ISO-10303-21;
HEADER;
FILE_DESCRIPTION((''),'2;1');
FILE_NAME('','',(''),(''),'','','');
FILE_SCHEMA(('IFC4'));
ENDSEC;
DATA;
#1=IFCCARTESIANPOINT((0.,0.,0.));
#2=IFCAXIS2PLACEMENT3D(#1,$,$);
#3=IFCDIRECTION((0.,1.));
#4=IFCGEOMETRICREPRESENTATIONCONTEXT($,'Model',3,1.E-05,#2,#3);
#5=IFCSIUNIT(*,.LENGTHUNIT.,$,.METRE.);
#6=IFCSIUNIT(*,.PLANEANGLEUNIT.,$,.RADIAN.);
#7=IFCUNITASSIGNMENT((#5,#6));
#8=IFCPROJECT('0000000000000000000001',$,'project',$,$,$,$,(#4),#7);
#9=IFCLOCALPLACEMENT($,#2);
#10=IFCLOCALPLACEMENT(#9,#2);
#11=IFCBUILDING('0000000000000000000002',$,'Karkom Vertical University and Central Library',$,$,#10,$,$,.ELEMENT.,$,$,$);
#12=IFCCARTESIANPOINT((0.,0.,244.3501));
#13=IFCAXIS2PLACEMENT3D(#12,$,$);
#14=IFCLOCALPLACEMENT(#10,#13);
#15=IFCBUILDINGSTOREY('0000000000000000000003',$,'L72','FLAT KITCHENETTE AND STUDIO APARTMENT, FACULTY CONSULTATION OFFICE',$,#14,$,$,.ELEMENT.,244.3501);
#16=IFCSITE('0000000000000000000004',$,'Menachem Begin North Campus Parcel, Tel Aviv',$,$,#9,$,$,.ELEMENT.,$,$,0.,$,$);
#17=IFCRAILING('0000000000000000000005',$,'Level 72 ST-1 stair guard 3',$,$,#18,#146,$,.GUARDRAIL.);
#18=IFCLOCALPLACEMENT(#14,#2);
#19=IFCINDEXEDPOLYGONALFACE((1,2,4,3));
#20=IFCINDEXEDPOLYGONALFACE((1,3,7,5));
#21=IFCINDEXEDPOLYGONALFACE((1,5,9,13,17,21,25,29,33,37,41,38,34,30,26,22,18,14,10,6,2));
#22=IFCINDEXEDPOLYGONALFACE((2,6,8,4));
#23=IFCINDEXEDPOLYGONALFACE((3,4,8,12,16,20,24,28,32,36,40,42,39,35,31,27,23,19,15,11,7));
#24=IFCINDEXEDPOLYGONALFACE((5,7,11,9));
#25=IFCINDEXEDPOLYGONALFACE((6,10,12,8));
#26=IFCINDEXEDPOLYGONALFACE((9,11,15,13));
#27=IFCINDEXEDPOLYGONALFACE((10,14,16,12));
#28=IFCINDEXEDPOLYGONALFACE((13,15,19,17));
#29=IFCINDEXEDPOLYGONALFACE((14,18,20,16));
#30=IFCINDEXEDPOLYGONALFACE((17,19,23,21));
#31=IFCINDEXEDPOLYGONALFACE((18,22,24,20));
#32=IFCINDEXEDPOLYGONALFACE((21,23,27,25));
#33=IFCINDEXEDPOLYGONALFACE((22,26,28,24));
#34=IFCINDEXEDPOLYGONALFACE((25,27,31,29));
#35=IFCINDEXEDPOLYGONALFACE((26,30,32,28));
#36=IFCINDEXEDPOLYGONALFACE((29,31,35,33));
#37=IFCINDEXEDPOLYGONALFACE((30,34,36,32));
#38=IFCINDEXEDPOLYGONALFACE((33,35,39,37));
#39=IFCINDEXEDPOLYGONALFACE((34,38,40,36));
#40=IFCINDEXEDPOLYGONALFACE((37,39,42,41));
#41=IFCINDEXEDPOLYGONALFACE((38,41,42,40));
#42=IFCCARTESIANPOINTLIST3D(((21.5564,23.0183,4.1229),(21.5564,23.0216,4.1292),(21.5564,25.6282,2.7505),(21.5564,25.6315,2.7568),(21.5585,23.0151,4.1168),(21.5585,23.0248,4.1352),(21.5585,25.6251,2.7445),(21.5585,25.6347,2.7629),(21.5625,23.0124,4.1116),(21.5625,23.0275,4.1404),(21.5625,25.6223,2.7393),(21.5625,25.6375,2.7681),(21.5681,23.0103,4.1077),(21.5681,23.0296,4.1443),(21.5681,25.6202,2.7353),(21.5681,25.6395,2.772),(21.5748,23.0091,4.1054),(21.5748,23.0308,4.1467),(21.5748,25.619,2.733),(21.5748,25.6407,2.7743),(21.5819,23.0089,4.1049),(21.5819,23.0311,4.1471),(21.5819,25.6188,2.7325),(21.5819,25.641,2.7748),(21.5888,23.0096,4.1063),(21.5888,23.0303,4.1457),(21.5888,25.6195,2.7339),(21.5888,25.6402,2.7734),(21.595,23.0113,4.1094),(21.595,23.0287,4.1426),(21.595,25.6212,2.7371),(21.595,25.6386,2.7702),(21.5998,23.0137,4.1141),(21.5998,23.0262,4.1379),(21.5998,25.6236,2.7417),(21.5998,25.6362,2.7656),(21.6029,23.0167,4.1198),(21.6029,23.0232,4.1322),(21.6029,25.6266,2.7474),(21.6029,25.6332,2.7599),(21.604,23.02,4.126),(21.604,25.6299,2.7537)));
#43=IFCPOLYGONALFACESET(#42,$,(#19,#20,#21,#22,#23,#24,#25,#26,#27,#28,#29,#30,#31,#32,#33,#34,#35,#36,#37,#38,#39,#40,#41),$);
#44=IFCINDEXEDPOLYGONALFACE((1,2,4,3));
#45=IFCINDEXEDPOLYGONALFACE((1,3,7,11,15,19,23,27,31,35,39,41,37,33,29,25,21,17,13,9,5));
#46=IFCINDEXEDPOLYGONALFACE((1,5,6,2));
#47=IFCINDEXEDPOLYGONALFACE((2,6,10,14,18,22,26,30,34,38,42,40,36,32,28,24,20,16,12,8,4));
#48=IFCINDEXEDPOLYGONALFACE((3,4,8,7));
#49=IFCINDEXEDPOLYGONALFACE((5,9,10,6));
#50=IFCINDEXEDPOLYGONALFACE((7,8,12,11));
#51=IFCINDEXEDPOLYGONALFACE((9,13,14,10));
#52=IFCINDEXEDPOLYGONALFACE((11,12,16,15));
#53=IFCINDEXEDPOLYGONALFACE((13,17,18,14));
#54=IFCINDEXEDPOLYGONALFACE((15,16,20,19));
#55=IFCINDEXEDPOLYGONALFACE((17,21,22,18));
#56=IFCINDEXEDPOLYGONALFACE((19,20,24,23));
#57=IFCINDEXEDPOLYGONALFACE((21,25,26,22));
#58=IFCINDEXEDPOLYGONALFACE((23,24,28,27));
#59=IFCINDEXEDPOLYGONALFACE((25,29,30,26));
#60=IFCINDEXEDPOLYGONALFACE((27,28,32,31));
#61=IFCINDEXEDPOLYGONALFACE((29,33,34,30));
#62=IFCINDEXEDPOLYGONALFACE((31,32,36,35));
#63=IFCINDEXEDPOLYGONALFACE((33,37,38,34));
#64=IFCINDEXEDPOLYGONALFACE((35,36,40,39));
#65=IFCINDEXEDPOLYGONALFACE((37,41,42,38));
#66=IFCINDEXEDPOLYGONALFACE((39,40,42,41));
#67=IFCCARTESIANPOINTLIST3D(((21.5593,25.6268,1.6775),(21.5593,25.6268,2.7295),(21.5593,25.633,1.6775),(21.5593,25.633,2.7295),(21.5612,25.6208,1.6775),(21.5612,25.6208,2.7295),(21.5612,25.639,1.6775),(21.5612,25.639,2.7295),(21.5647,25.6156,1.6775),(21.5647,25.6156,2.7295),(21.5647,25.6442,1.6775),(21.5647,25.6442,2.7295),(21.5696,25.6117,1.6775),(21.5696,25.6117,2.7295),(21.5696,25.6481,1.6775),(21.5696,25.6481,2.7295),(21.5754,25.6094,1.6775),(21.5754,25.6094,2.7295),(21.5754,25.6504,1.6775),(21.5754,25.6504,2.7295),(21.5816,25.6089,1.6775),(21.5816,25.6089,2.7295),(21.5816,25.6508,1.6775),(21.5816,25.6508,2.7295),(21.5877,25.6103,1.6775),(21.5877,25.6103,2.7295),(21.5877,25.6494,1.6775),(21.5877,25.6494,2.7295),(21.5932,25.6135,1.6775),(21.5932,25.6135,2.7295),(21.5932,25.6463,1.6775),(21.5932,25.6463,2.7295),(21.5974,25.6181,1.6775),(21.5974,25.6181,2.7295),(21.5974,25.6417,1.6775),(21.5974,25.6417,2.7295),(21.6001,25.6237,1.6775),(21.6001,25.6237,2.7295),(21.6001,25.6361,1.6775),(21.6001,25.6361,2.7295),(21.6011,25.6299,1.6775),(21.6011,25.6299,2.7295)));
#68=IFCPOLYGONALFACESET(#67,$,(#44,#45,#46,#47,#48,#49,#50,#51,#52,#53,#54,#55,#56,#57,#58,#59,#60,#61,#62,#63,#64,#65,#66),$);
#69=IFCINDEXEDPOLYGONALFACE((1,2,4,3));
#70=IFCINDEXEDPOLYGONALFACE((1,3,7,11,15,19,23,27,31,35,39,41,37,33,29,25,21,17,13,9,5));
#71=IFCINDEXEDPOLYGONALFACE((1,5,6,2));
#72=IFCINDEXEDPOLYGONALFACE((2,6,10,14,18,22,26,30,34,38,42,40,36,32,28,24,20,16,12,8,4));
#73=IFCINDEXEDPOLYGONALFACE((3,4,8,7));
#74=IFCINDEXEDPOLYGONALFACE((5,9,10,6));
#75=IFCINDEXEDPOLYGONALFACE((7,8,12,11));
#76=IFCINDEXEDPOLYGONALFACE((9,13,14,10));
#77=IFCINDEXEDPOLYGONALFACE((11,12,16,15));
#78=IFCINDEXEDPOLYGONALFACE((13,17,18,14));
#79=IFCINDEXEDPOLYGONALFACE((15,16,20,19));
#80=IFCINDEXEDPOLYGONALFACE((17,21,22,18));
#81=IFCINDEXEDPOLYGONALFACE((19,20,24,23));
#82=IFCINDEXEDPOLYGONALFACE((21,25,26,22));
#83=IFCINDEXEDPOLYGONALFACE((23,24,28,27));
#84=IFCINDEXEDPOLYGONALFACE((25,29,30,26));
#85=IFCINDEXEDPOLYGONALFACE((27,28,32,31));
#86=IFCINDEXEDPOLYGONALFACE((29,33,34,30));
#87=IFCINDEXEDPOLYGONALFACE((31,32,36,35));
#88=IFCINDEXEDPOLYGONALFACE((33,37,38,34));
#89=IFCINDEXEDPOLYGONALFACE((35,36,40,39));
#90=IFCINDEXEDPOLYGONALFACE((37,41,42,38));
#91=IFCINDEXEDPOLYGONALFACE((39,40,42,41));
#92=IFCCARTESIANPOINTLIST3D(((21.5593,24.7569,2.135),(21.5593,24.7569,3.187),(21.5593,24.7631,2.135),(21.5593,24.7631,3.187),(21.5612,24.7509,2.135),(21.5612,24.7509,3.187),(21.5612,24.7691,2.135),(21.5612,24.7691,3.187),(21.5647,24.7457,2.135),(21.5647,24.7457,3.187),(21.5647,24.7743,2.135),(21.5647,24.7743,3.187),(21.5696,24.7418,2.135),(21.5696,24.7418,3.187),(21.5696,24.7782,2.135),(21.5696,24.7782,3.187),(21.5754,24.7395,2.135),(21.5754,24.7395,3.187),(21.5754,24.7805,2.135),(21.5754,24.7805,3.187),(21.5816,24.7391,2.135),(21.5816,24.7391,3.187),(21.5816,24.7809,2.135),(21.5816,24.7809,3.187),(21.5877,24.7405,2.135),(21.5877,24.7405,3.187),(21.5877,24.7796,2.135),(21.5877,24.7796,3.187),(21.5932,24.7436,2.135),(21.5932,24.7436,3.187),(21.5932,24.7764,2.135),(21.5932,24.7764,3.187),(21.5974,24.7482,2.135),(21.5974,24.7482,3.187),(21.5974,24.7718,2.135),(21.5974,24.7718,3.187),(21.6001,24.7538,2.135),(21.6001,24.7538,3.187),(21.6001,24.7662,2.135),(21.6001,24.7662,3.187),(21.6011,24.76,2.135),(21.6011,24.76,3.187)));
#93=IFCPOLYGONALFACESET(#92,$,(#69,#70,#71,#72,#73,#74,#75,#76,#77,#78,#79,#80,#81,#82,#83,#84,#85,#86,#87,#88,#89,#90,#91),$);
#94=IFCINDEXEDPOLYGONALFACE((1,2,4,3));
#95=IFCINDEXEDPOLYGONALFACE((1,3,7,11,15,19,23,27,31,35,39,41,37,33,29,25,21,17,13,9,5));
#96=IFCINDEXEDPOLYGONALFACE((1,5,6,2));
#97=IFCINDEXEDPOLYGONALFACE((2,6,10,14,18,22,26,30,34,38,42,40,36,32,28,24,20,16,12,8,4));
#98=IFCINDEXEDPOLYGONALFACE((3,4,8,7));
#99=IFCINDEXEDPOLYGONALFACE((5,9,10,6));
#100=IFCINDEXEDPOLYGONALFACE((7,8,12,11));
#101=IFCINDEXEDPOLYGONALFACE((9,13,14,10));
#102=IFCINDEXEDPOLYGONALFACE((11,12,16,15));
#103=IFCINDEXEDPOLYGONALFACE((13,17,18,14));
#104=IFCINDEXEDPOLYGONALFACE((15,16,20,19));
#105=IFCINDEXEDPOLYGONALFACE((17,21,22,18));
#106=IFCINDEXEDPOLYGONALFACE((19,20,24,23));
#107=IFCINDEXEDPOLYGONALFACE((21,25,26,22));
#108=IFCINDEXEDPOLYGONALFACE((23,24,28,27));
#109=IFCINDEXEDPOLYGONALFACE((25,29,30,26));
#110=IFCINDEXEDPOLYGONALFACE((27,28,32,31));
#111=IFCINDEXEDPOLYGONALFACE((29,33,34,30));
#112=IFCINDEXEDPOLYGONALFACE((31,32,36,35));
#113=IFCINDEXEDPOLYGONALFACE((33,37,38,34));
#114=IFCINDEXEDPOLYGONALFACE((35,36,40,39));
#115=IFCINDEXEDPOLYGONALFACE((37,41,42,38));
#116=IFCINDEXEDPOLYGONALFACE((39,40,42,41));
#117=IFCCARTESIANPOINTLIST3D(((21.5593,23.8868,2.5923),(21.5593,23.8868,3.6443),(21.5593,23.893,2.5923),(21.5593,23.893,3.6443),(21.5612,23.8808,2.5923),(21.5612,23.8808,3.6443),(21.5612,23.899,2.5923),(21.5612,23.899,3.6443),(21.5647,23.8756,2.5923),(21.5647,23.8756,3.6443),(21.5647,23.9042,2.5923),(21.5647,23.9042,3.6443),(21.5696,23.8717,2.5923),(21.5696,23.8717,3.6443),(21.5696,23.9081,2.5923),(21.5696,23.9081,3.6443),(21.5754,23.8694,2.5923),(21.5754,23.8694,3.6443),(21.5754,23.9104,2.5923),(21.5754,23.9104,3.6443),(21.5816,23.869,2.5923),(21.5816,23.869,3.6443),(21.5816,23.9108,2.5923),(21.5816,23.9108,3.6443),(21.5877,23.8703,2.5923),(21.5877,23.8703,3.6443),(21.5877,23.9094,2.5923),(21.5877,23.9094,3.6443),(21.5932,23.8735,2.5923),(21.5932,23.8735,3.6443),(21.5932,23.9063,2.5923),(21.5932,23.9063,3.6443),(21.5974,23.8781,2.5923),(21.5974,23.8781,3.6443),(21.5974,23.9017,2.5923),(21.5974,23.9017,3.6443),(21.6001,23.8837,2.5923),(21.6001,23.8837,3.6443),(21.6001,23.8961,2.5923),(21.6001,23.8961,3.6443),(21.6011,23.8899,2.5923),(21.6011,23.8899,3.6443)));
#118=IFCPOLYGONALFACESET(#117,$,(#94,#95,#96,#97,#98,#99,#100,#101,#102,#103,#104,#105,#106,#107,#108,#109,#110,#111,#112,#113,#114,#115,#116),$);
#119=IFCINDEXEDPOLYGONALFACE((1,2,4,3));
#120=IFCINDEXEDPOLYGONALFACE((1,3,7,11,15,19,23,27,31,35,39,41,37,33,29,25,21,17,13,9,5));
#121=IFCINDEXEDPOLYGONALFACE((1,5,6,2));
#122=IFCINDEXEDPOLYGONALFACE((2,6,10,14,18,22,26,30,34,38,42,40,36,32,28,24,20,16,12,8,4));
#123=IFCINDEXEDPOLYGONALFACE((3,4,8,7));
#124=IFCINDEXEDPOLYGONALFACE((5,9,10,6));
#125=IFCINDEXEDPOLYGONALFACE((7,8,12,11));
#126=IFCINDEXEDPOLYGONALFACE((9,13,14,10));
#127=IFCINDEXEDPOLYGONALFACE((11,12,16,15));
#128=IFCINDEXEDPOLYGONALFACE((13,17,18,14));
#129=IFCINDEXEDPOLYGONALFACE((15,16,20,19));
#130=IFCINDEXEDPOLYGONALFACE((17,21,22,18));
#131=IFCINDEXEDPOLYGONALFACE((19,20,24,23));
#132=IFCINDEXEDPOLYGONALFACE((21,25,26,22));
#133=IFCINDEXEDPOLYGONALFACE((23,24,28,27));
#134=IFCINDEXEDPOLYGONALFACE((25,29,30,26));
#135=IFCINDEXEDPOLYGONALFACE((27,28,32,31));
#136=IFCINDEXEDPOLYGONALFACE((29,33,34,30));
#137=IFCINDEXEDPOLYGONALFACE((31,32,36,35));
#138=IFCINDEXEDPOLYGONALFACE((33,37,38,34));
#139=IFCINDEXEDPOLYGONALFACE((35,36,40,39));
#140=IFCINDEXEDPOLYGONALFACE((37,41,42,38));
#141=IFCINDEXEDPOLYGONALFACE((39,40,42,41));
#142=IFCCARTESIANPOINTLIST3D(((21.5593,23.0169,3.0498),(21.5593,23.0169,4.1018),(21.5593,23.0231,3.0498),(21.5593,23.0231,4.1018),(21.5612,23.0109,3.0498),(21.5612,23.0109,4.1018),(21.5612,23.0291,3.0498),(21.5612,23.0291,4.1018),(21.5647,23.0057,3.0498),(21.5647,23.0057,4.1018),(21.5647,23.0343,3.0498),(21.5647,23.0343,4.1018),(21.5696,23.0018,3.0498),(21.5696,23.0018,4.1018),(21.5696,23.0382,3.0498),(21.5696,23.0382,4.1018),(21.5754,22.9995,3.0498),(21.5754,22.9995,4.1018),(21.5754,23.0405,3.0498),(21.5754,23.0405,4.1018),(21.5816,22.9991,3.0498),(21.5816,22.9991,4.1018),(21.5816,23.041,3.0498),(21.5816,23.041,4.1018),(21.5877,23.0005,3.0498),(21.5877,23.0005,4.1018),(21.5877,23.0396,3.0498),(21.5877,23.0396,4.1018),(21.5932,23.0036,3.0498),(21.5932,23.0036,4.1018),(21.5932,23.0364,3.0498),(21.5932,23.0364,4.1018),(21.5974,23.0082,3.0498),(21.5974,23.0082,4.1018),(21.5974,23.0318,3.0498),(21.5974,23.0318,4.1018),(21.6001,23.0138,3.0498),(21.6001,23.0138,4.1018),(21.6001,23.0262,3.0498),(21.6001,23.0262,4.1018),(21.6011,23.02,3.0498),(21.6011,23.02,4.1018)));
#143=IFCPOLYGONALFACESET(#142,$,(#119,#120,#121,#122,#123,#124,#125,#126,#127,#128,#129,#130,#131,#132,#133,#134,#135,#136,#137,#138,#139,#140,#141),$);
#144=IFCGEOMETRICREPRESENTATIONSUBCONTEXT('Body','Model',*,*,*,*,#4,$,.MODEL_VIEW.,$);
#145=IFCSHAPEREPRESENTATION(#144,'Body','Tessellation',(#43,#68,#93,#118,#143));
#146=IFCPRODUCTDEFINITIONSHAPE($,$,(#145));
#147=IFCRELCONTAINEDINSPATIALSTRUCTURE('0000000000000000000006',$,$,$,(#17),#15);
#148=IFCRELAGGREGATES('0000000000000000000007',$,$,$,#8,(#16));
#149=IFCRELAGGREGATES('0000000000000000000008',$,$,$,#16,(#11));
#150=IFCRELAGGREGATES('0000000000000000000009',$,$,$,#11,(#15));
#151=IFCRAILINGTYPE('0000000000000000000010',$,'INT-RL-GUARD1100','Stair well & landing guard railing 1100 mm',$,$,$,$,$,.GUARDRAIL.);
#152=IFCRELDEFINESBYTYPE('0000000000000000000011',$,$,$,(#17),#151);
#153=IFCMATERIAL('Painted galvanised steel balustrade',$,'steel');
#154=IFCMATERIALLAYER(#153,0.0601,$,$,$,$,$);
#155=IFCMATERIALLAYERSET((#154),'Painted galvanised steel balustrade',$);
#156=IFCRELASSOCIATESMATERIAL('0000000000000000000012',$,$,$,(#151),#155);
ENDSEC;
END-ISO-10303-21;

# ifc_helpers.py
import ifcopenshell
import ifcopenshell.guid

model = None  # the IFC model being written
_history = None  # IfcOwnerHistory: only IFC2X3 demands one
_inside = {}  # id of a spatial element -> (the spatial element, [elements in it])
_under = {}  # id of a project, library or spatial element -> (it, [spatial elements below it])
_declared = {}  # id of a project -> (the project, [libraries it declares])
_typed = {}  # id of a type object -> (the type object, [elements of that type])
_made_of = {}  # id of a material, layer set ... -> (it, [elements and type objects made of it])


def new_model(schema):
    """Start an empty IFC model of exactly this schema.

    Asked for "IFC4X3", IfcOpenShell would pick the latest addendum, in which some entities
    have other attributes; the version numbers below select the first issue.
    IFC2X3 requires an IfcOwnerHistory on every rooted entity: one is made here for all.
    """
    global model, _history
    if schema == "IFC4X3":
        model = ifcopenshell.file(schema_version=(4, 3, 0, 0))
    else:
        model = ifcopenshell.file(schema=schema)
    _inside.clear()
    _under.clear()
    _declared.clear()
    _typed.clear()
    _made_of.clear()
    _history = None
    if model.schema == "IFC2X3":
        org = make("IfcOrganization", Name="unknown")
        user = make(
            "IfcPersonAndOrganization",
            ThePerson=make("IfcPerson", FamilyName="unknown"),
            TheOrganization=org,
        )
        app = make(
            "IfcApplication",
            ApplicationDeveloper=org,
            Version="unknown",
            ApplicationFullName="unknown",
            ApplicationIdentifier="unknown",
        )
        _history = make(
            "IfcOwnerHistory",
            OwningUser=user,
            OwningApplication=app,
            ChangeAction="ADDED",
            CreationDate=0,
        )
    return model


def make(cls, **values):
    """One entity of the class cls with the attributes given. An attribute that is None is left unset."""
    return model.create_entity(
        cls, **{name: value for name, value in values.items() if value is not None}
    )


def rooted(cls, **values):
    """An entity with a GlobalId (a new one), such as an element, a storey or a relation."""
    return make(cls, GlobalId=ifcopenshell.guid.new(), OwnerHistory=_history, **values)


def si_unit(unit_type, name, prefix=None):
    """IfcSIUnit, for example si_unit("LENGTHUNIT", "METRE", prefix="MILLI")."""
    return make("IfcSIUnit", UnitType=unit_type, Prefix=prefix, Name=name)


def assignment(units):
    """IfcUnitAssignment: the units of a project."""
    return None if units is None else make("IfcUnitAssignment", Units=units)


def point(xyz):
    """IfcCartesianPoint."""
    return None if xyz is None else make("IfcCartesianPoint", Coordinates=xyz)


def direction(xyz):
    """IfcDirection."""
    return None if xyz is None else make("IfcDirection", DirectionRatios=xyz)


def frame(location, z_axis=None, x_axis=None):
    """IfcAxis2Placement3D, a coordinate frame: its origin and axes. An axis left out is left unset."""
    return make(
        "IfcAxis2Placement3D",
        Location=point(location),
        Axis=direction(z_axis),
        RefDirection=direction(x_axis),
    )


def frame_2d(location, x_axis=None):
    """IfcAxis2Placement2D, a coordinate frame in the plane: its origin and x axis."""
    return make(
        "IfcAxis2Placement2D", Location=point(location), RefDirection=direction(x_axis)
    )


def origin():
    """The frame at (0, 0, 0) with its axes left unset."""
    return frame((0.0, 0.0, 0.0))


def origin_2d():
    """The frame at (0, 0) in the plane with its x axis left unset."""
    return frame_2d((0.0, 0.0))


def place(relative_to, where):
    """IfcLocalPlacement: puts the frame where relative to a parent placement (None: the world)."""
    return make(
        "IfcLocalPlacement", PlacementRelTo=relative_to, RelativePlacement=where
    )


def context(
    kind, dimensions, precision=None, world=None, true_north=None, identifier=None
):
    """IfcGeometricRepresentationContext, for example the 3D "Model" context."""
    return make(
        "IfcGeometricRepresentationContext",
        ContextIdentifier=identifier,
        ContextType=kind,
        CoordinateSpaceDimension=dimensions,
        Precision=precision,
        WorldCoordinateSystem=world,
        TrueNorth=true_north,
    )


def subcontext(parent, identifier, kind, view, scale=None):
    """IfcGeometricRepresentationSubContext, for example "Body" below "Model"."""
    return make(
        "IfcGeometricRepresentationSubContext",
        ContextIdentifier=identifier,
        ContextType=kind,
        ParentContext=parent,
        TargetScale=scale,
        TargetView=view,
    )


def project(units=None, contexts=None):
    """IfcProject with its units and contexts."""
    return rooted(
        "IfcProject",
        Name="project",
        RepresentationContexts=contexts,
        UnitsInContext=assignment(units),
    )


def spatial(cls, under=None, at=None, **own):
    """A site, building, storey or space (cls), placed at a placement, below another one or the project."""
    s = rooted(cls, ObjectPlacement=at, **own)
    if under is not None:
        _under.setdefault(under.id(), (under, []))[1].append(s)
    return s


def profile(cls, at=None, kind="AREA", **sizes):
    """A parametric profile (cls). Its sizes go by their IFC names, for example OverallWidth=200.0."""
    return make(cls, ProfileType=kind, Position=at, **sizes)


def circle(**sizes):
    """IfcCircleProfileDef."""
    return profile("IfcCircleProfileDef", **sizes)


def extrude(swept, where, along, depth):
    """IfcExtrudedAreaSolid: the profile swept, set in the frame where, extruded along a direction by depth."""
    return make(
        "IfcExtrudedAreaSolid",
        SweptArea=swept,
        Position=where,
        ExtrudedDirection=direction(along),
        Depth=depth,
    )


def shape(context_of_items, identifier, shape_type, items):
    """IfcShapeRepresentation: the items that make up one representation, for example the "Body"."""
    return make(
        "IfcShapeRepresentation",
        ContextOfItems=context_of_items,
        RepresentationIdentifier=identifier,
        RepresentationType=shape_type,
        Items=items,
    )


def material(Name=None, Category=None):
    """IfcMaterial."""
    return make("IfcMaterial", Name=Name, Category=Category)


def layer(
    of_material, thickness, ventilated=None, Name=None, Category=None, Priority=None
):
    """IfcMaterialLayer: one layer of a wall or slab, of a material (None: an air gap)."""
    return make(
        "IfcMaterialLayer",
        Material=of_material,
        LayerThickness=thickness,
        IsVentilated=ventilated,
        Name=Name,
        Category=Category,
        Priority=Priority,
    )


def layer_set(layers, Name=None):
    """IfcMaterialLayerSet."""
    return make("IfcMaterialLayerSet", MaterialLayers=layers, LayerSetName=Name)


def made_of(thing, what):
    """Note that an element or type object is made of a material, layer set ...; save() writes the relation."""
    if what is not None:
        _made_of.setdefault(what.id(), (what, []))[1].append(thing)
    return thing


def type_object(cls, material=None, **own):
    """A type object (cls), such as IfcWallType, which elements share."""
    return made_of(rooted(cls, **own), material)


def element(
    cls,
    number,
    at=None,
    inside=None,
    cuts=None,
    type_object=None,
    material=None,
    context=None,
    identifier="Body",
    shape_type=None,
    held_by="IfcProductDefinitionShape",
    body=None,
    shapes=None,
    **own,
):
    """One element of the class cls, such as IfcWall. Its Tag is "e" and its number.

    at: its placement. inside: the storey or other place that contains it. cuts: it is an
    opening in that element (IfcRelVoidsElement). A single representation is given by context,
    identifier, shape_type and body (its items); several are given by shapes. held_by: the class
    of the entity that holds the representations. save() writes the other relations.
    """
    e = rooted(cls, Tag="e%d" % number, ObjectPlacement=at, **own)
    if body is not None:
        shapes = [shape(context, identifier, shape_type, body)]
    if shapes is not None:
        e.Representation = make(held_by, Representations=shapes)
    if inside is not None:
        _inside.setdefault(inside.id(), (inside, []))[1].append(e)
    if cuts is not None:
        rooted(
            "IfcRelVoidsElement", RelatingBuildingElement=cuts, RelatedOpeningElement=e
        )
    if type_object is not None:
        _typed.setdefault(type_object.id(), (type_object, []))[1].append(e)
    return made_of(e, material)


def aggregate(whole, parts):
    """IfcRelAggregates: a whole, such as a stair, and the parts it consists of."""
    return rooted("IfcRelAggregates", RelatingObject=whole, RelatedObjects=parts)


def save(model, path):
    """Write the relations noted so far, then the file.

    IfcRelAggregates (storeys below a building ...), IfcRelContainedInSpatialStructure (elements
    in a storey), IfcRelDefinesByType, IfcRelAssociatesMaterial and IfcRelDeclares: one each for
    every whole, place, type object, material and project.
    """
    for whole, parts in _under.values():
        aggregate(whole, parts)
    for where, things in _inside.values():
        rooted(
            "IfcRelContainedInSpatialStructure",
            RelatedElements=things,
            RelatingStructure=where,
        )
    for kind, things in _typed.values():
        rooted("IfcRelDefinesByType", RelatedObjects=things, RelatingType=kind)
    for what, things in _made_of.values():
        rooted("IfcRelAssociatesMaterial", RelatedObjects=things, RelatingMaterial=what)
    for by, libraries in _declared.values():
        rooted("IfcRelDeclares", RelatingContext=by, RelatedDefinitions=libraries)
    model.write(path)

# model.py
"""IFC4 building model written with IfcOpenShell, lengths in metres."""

from ifc_helpers import new_model, si_unit, direction, frame, origin, origin_2d, place, context, subcontext, project, spatial, circle, extrude, material, layer, layer_set, type_object, element, save


model = new_model("IFC4")

# Units and contexts
model_context = context("Model", 3, precision=1e-05, world=origin(), true_north=direction((0.0, 1.0)))
body_context = subcontext(model_context, "Body", "Model", "MODEL_VIEW")
ifc_project = project(units=[si_unit("LENGTHUNIT", "METRE"), si_unit("PLANEANGLEUNIT", "RADIAN")], contexts=[model_context])

# Site, building, storey
site_placement = place(None, origin())
site = spatial("IfcSite", under=ifc_project, at=site_placement, Name="Menachem Begin North Campus Parcel, Tel Aviv", CompositionType="ELEMENT", RefElevation=0.0)
building_placement = place(site_placement, origin())
building = spatial("IfcBuilding", under=site, at=building_placement, Name="Karkom Vertical University and Central Library", CompositionType="ELEMENT")
storey_placement = place(building_placement, frame((0.0, 0.0, 244.3501)))
storey = spatial("IfcBuildingStorey", under=building, at=storey_placement, Name="L72", Description="FLAT KITCHENETTE AND STUDIO APARTMENT, FACULTY CONSULTATION OFFICE", CompositionType="ELEMENT", Elevation=244.3501)

# Railing
ifc_material_1 = material(Name="Painted galvanised steel balustrade", Category="steel")
ifc_layer_1 = layer(ifc_material_1, 0.0601)
ifc_layer_set_1 = layer_set([ifc_layer_1], Name="Painted galvanised steel balustrade")
railing_type_1 = type_object("IfcRailingType", Name="INT-RL-GUARD1100", Description="Stair well & landing guard railing 1100 mm", PredefinedType="GUARDRAIL", material=ifc_layer_set_1)
railing_1_placement = place(storey_placement, frame((21.5801, 25.6299, 1.6775)))
element("IfcRailing", 1, at=railing_1_placement, inside=storey, type_object=railing_type_1, Name="Level 72 ST-1 stair guard 3", PredefinedType="GUARDRAIL", context=body_context, shape_type="SweptSolid", body=[
    extrude(circle(Radius=0.0239, at=origin_2d()), frame((0.0, 0.0, 1.0762), z_axis=(0.0, -0.8851, 0.465402), x_axis=(1.0, 0.0, 0.0)), (0.0, 0.0, 1.0), 2.9487),
    extrude(circle(Radius=0.021, at=origin_2d()), origin(), (0.0, 0.0, 1.0), 1.052),
    extrude(circle(Radius=0.021, at=origin_2d()), frame((0.0, -0.8699, 0.4575)), (0.0, 0.0, 1.0), 1.052),
    extrude(circle(Radius=0.021, at=origin_2d()), frame((0.0, -1.74, 0.9148)), (0.0, 0.0, 1.0), 1.052),
    extrude(circle(Radius=0.021, at=origin_2d()), frame((0.0, -2.6099, 1.3723)), (0.0, 0.0, 1.0), 1.052),
])

save(model, "model.ifc")
